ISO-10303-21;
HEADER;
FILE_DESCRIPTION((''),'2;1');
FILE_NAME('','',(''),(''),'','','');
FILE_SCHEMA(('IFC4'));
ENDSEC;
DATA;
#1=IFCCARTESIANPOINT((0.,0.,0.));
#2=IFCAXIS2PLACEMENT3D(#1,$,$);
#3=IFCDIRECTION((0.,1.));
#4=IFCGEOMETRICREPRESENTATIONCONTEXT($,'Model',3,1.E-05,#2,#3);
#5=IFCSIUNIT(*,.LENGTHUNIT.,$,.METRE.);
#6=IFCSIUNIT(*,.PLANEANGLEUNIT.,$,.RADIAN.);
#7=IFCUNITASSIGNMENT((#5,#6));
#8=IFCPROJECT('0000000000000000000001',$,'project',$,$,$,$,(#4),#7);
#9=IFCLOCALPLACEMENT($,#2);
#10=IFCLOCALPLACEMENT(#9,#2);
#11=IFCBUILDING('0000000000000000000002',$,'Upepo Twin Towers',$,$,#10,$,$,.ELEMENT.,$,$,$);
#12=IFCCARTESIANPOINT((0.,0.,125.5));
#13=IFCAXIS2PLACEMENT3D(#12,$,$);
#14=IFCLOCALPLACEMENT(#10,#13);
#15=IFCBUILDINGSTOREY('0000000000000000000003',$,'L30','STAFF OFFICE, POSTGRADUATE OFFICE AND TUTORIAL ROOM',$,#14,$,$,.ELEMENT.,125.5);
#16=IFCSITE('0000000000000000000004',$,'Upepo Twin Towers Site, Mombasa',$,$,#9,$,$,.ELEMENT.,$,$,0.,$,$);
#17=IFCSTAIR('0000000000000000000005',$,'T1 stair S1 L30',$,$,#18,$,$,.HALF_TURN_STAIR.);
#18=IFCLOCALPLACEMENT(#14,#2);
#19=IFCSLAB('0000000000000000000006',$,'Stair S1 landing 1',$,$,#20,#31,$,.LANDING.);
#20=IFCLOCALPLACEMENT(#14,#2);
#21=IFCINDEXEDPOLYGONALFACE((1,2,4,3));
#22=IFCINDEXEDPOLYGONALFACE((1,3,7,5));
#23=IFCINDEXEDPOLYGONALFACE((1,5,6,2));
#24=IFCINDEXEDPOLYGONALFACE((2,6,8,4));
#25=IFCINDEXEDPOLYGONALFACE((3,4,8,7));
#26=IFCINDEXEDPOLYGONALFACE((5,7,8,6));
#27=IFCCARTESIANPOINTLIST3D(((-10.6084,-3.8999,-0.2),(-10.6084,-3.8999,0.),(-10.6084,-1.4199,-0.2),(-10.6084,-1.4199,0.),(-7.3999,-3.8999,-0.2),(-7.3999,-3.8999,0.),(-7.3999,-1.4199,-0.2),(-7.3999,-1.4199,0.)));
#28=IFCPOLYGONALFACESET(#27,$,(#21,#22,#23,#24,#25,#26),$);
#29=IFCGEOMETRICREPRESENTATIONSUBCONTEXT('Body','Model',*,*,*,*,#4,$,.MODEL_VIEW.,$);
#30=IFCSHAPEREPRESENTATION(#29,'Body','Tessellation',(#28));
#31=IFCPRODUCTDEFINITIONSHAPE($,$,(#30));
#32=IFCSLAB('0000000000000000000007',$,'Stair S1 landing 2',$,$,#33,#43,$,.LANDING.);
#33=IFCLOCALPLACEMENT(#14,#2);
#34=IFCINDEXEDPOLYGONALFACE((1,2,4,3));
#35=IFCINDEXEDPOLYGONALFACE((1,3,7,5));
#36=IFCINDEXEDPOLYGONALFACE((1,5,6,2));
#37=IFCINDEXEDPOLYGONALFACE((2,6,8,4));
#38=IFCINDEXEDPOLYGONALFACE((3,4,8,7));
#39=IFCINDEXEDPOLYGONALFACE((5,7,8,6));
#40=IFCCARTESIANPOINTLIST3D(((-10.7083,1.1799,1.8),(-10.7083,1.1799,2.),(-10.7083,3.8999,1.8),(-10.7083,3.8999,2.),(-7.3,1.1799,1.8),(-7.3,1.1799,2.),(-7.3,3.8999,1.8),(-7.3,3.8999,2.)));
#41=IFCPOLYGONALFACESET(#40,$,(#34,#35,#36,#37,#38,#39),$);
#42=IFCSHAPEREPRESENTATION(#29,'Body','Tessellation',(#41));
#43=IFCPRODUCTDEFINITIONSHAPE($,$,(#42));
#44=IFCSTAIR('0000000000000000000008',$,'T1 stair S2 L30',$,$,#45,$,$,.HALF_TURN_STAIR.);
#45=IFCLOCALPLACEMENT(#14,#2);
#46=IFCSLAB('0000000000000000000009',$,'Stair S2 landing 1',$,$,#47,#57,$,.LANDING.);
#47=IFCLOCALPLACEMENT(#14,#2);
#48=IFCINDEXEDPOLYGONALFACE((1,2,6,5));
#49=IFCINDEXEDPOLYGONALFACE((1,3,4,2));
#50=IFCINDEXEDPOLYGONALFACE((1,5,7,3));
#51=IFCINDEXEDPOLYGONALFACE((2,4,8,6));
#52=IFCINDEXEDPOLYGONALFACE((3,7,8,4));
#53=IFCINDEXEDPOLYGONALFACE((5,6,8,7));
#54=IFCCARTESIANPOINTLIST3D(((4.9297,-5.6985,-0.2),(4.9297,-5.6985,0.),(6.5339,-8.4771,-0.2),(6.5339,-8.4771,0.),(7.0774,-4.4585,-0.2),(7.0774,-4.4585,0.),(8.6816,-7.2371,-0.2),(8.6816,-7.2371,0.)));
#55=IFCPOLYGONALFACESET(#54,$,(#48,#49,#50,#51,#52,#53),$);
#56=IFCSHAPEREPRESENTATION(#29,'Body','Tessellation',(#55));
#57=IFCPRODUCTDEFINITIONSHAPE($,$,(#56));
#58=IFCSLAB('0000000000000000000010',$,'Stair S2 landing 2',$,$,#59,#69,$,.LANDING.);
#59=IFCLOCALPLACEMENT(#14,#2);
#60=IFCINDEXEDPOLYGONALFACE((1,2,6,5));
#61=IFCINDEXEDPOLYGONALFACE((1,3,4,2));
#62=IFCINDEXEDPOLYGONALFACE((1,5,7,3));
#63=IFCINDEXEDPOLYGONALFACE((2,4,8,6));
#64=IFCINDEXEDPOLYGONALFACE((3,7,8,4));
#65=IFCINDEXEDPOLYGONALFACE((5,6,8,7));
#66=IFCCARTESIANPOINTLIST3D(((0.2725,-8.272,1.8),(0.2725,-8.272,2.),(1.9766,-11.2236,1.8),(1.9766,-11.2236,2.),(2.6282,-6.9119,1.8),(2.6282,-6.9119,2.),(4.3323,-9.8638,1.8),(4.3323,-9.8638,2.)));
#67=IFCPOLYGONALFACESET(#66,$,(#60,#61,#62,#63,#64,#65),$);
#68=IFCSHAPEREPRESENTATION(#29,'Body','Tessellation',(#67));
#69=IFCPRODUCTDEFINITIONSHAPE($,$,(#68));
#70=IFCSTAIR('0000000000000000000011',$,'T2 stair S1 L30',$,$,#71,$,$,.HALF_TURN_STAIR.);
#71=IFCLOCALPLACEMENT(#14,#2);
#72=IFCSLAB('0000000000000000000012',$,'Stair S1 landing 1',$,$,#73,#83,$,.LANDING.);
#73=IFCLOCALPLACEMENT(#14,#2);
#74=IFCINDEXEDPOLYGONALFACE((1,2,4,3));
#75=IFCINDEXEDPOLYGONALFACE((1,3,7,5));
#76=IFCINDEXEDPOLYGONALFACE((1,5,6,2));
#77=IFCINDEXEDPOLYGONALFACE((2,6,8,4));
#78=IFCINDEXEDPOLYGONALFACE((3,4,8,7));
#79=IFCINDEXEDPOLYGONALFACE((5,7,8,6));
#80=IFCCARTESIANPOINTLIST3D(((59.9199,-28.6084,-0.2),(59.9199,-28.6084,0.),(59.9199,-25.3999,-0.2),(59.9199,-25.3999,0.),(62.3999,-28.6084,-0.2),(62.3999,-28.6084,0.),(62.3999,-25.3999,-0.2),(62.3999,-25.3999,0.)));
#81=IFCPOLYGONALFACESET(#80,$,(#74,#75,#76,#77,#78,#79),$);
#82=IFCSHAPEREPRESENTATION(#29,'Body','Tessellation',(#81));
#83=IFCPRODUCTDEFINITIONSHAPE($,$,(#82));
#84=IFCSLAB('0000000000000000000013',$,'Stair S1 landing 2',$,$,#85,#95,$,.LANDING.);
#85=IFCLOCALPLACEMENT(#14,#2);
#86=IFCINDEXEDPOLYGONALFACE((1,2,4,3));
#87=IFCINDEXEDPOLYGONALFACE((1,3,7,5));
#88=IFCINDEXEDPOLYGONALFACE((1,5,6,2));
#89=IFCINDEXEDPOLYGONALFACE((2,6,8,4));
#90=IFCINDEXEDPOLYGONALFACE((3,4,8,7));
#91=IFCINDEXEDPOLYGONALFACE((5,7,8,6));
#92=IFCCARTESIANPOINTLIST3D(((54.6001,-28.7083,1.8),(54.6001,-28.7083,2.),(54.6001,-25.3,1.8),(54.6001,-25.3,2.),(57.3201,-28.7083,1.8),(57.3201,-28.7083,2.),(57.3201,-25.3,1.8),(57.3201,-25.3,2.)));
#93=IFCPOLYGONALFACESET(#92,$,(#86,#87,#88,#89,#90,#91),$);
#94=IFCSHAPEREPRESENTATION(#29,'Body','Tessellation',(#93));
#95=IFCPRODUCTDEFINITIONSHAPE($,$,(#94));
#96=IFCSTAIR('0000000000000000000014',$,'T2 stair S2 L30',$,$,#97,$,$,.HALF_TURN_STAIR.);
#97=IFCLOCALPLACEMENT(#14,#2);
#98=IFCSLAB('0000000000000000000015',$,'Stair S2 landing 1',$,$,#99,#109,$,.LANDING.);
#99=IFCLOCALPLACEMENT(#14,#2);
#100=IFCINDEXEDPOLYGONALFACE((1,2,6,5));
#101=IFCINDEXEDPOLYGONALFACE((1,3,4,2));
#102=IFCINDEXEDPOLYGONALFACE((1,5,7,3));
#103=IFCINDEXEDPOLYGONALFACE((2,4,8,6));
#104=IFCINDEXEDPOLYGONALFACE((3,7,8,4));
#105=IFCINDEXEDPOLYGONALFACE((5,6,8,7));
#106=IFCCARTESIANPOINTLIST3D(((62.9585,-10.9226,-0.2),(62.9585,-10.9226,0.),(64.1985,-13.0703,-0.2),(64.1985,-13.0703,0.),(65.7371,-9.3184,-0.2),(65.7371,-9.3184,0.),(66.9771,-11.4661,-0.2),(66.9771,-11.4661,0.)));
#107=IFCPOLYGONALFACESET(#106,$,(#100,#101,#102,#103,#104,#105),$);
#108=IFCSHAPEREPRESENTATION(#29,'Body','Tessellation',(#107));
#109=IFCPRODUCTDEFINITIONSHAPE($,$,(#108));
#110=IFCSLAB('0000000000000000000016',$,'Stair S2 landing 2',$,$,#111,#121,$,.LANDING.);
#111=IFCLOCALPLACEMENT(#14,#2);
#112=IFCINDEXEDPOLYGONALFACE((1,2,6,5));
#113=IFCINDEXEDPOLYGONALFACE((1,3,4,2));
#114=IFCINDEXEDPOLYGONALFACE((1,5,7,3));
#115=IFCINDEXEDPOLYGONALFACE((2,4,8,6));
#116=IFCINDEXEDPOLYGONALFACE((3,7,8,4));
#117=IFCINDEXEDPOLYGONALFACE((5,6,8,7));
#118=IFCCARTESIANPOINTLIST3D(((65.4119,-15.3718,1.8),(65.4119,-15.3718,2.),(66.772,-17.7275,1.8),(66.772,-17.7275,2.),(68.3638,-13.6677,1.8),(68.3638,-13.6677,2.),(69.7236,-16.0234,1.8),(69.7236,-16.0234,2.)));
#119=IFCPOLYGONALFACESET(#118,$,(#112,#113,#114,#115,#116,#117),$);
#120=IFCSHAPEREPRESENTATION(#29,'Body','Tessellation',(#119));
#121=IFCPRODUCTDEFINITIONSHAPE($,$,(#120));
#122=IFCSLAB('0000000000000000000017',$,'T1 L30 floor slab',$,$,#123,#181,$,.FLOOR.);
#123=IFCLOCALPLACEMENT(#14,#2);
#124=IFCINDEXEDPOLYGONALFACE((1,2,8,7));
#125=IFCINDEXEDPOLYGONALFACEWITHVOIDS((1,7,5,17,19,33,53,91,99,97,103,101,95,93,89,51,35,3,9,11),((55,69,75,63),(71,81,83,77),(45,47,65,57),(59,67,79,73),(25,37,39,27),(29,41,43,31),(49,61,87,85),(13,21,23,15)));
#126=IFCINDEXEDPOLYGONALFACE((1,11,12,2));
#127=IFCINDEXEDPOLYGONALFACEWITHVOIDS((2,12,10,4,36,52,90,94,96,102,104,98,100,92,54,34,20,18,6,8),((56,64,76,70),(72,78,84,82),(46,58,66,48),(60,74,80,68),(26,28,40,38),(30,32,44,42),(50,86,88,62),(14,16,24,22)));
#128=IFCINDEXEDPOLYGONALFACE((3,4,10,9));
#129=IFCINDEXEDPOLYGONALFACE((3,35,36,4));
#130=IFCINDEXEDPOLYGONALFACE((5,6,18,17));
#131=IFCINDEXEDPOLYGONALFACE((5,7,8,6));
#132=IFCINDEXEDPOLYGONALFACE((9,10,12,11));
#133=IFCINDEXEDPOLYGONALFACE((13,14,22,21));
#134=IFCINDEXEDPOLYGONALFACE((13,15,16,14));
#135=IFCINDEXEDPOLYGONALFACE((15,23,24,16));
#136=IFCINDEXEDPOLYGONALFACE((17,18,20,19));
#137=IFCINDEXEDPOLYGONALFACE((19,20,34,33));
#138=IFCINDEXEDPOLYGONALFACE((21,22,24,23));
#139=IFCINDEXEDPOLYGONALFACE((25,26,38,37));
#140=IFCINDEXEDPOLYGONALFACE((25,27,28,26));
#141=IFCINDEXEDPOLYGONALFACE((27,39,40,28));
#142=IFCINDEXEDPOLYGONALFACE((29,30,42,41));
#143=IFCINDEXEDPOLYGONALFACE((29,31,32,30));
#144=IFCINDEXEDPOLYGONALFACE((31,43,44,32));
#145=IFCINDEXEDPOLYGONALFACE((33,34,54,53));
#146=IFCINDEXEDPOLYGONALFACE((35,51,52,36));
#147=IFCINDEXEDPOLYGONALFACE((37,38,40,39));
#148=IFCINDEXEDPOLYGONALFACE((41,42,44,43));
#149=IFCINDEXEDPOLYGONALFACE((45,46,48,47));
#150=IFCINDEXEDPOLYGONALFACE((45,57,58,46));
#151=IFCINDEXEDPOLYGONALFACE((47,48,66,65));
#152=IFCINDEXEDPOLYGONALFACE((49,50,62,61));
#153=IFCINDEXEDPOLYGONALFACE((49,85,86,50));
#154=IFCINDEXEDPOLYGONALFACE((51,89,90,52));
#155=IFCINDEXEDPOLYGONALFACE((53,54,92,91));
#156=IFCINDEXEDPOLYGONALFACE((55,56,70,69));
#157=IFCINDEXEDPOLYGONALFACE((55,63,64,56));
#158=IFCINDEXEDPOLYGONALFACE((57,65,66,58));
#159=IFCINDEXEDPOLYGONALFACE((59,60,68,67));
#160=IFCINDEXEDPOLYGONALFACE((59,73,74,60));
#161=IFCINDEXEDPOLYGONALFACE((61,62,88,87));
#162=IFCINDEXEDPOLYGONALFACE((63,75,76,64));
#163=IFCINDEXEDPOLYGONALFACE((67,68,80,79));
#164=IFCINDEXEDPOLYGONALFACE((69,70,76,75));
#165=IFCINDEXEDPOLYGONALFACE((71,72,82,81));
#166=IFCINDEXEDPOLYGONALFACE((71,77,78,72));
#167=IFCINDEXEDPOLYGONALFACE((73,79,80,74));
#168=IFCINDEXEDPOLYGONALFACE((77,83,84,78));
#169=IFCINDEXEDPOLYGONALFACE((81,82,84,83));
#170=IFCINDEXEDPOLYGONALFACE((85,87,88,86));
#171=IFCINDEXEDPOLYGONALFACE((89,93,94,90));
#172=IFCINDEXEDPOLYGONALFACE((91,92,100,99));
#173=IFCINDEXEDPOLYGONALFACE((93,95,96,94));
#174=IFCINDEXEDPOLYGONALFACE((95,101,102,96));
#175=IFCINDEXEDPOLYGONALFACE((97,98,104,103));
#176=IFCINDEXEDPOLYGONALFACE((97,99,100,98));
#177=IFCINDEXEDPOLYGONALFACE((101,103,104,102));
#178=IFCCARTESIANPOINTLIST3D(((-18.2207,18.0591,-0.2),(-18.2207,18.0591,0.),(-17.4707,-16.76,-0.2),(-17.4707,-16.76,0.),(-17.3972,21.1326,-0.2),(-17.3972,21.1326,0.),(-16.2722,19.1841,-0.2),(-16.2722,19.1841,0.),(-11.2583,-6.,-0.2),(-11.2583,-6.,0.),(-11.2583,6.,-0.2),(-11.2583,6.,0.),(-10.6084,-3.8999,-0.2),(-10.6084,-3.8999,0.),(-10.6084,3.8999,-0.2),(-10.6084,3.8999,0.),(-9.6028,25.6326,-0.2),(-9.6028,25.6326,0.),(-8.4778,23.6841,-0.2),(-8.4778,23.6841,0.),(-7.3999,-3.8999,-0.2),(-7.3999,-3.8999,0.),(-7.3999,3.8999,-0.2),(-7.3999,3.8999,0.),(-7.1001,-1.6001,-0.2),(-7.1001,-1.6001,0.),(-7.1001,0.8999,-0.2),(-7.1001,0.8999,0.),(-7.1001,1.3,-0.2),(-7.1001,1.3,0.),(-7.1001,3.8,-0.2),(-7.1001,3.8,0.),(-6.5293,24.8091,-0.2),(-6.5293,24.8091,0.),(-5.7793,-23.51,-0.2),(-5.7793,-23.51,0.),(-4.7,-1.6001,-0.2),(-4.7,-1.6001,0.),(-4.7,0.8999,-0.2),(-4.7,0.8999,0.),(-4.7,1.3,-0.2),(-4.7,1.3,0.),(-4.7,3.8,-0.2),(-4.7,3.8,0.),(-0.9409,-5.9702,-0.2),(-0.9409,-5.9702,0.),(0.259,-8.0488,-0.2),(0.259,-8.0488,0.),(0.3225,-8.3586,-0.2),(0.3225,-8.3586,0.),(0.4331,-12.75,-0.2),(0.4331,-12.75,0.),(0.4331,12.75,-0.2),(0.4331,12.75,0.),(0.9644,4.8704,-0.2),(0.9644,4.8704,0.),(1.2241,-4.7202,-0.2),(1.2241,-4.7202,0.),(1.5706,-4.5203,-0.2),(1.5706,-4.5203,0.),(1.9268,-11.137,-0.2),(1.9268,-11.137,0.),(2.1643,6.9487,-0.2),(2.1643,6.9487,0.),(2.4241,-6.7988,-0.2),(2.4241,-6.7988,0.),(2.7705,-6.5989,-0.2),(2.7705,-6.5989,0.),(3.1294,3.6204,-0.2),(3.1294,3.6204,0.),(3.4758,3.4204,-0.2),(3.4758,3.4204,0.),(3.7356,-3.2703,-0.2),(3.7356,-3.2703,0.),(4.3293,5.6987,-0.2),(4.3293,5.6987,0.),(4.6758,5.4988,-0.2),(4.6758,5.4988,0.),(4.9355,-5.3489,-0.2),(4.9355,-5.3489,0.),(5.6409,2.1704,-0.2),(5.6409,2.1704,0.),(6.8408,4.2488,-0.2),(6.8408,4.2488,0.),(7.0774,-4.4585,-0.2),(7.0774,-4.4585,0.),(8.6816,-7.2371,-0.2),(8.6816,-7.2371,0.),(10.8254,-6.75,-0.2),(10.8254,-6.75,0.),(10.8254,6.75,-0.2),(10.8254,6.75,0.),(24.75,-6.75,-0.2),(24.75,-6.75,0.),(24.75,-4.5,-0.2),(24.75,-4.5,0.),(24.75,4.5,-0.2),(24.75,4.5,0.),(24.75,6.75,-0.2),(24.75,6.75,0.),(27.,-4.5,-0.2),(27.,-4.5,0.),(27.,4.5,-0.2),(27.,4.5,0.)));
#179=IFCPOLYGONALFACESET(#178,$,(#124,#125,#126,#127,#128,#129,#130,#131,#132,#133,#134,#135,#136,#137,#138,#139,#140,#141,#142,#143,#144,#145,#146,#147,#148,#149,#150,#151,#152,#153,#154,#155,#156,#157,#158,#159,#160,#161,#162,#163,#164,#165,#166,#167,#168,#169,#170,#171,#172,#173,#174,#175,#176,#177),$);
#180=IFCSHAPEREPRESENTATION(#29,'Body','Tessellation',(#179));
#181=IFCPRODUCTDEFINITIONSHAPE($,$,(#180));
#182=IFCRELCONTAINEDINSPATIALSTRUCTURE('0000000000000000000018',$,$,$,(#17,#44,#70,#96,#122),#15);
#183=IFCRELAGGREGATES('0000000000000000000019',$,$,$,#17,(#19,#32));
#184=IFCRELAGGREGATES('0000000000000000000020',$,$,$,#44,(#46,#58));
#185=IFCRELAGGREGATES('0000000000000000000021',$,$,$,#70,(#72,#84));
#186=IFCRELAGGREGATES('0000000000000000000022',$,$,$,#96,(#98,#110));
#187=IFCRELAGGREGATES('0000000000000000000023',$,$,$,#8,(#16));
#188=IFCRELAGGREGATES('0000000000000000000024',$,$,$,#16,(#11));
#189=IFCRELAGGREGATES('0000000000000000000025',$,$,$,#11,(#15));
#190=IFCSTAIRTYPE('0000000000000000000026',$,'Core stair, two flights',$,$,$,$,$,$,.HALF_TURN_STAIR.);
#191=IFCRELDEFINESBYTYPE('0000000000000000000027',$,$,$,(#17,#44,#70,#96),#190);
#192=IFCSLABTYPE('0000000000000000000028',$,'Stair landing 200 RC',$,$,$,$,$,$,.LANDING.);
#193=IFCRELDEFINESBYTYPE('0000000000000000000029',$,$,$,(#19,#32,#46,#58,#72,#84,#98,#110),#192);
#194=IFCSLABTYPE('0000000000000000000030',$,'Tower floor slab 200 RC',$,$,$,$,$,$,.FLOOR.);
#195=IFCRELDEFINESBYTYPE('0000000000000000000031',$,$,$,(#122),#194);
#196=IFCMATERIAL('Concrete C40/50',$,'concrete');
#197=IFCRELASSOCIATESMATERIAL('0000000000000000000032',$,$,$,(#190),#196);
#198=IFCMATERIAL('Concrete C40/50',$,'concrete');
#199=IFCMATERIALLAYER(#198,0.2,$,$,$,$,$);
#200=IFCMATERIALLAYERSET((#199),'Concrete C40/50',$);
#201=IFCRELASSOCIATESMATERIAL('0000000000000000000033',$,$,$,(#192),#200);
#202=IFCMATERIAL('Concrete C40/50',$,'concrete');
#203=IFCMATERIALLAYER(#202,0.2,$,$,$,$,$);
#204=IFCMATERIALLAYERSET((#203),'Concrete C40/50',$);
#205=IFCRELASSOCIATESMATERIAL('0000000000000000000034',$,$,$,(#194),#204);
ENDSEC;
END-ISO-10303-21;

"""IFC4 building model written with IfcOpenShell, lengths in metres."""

from ifc_helpers import new_model, si_unit, direction, frame, origin, place, context, subcontext, project, spatial, polyline, outline, extrude, material, layer, layer_set, type_object, element, aggregate, save


model = new_model("IFC4")

# Units and contexts
model_context = context("Model", 3, precision=1e-05, world=origin(), true_north=direction((0.0, 1.0)))
body_context = subcontext(model_context, "Body", "Model", "MODEL_VIEW")
ifc_project = project(units=[si_unit("LENGTHUNIT", "METRE"), si_unit("PLANEANGLEUNIT", "RADIAN")], contexts=[model_context])

# Site, building, storey
site_placement = place(None, origin())
site = spatial("IfcSite", under=ifc_project, at=site_placement, Name="Upepo Twin Towers Site, Mombasa", CompositionType="ELEMENT", RefElevation=0.0)
building_placement = place(site_placement, origin())
building = spatial("IfcBuilding", under=site, at=building_placement, Name="Upepo Twin Towers", CompositionType="ELEMENT")
storey_placement = place(building_placement, frame((0.0, 0.0, 125.5)))
storey = spatial("IfcBuildingStorey", under=building, at=storey_placement, Name="L30", Description="STAFF OFFICE, POSTGRADUATE OFFICE AND TUTORIAL ROOM", CompositionType="ELEMENT", Elevation=125.5)

# Stairs, slabs
ifc_material_1 = material(Name="Concrete C40/50", Category="concrete")
stair_type = type_object("IfcStairType", Name="Core stair, two flights", PredefinedType="HALF_TURN_STAIR", material=ifc_material_1)
stair_1_placement = place(storey_placement, origin())
stair_1 = element("IfcStair", 1, at=stair_1_placement, inside=storey, type_object=stair_type, Name="T1 stair S1 L30", PredefinedType="HALF_TURN_STAIR")
ifc_material_2 = material(Name="Concrete C40/50", Category="concrete")
ifc_layer_1 = layer(ifc_material_2, 0.2)
ifc_layer_set_1 = layer_set([ifc_layer_1], Name="Concrete C40/50")
slab_type_1 = type_object("IfcSlabType", Name="Stair landing 200 RC", PredefinedType="LANDING", material=ifc_layer_set_1)
slab_1_placement = place(storey_placement, frame((0.0, 0.0, -0.2)))
slab_1 = element("IfcSlab", 2, at=slab_1_placement, type_object=slab_type_1, Name="Stair S1 landing 1", PredefinedType="LANDING", context=body_context, shape_type="SweptSolid", body=[
    extrude(outline(polyline([(-7.3999, -1.4199), (-10.6084, -1.4199), (-10.6084, -3.8999), (-7.3999, -3.8999), (-7.3999, -1.4199)])), origin(), (0.0, 0.0, 1.0), 0.2),
])
slab_2_placement = place(storey_placement, frame((0.0, 0.0, 1.8)))
slab_2 = element("IfcSlab", 3, at=slab_2_placement, type_object=slab_type_1, Name="Stair S1 landing 2", PredefinedType="LANDING", context=body_context, shape_type="SweptSolid", body=[
    extrude(outline(polyline([(-7.3, 3.8999), (-10.7083, 3.8999), (-10.7083, 1.1799), (-7.3, 1.1799), (-7.3, 3.8999)])), origin(), (0.0, 0.0, 1.0), 0.2),
])
aggregate(stair_1, [slab_1, slab_2])
stair_2_placement = place(storey_placement, origin())
stair_2 = element("IfcStair", 4, at=stair_2_placement, inside=storey, type_object=stair_type, Name="T1 stair S2 L30", PredefinedType="HALF_TURN_STAIR")
slab_3_placement = place(storey_placement, frame((0.0, 0.0, -0.2)))
slab_3 = element("IfcSlab", 5, at=slab_3_placement, type_object=slab_type_1, Name="Stair S2 landing 1", PredefinedType="LANDING", context=body_context, shape_type="SweptSolid", body=[
    extrude(outline(polyline([(4.9297, -5.6985), (6.5339, -8.4771), (8.6816, -7.2371), (7.0774, -4.4585), (4.9297, -5.6985)])), origin(), (0.0, 0.0, 1.0), 0.2),
])
slab_4_placement = place(storey_placement, frame((0.0, 0.0, 1.8)))
slab_4 = element("IfcSlab", 6, at=slab_4_placement, type_object=slab_type_1, Name="Stair S2 landing 2", PredefinedType="LANDING", context=body_context, shape_type="SweptSolid", body=[
    extrude(outline(polyline([(0.2725, -8.272), (1.9766, -11.2236), (4.3323, -9.8638), (2.6282, -6.9119), (0.2725, -8.272)])), origin(), (0.0, 0.0, 1.0), 0.2),
])
aggregate(stair_2, [slab_3, slab_4])
stair_3_placement = place(storey_placement, origin())
stair_3 = element("IfcStair", 7, at=stair_3_placement, inside=storey, type_object=stair_type, Name="T2 stair S1 L30", PredefinedType="HALF_TURN_STAIR")
slab_5_placement = place(storey_placement, frame((0.0, 0.0, -0.2)))
slab_5 = element("IfcSlab", 8, at=slab_5_placement, type_object=slab_type_1, Name="Stair S1 landing 1", PredefinedType="LANDING", context=body_context, shape_type="SweptSolid", body=[
    extrude(outline(polyline([(59.9199, -25.3999), (59.9199, -28.6084), (62.3999, -28.6084), (62.3999, -25.3999), (59.9199, -25.3999)])), origin(), (0.0, 0.0, 1.0), 0.2),
])
slab_6_placement = place(storey_placement, frame((0.0, 0.0, 1.8)))
slab_6 = element("IfcSlab", 9, at=slab_6_placement, type_object=slab_type_1, Name="Stair S1 landing 2", PredefinedType="LANDING", context=body_context, shape_type="SweptSolid", body=[
    extrude(outline(polyline([(54.6001, -25.3), (54.6001, -28.7083), (57.3201, -28.7083), (57.3201, -25.3), (54.6001, -25.3)])), origin(), (0.0, 0.0, 1.0), 0.2),
])
aggregate(stair_3, [slab_5, slab_6])
stair_4_placement = place(storey_placement, origin())
stair_4 = element("IfcStair", 10, at=stair_4_placement, inside=storey, type_object=stair_type, Name="T2 stair S2 L30", PredefinedType="HALF_TURN_STAIR")
slab_7_placement = place(storey_placement, frame((0.0, 0.0, -0.2)))
slab_7 = element("IfcSlab", 11, at=slab_7_placement, type_object=slab_type_1, Name="Stair S2 landing 1", PredefinedType="LANDING", context=body_context, shape_type="SweptSolid", body=[
    extrude(outline(polyline([(64.1985, -13.0703), (66.9771, -11.4661), (65.7371, -9.3184), (62.9585, -10.9226), (64.1985, -13.0703)])), origin(), (0.0, 0.0, 1.0), 0.2),
])
slab_8_placement = place(storey_placement, frame((0.0, 0.0, 1.8)))
slab_8 = element("IfcSlab", 12, at=slab_8_placement, type_object=slab_type_1, Name="Stair S2 landing 2", PredefinedType="LANDING", context=body_context, shape_type="SweptSolid", body=[
    extrude(outline(polyline([(66.772, -17.7275), (69.7236, -16.0234), (68.3638, -13.6677), (65.4119, -15.3718), (66.772, -17.7275)])), origin(), (0.0, 0.0, 1.0), 0.2),
])
aggregate(stair_4, [slab_7, slab_8])

# Slab
ifc_material_3 = material(Name="Concrete C40/50", Category="concrete")
ifc_layer_2 = layer(ifc_material_3, 0.2)
ifc_layer_set_2 = layer_set([ifc_layer_2], Name="Concrete C40/50")
slab_type_2 = type_object("IfcSlabType", Name="Tower floor slab 200 RC", PredefinedType="FLOOR", material=ifc_layer_set_2)
slab_9_placement = place(storey_placement, frame((0.0, 0.0, -0.2)))
element("IfcSlab", 13, at=slab_9_placement, inside=storey, type_object=slab_type_2, Name="T1 L30 floor slab", PredefinedType="FLOOR", context=body_context, shape_type="SweptSolid", body=[
    extrude(outline(polyline([(-17.4707, -16.76), (-11.2583, -6.0), (-11.2583, 6.0), (-18.2207, 18.0591), (-16.2722, 19.1841), (-17.3972, 21.1326), (-9.6028, 25.6326), (-8.4778, 23.6841), (-6.5293, 24.8091), (0.4331, 12.75), (10.8254, 6.75), (24.75, 6.75), (24.75, 4.5), (27.0, 4.5), (27.0, -4.5), (24.75, -4.5), (24.75, -6.75), (10.8254, -6.75), (0.4331, -12.75), (-5.7793, -23.51), (-17.4707, -16.76)]), holes=[polyline([(5.6409, 2.1704), (6.8408, 4.2488), (4.6758, 5.4988), (3.4758, 3.4204), (5.6409, 2.1704)]), polyline([(3.1294, 3.6204), (4.3293, 5.6987), (2.1643, 6.9487), (0.9644, 4.8704), (3.1294, 3.6204)]), polyline([(-4.7, 3.8), (-7.1001, 3.8), (-7.1001, 1.3), (-4.7, 1.3), (-4.7, 3.8)]), polyline([(-4.7, 0.8999), (-7.1001, 0.8999), (-7.1001, -1.6001), (-4.7, -1.6001), (-4.7, 0.8999)]), polyline([(-7.3999, 3.8999), (-10.6084, 3.8999), (-10.6084, -3.8999), (-7.3999, -3.8999), (-7.3999, 3.8999)]), polyline([(-0.9409, -5.9702), (0.259, -8.0488), (2.4241, -6.7988), (1.2241, -4.7202), (-0.9409, -5.9702)]), polyline([(1.5706, -4.5203), (2.7705, -6.5989), (4.9355, -5.3489), (3.7356, -3.2703), (1.5706, -4.5203)]), polyline([(0.3225, -8.3586), (1.9268, -11.137), (8.6816, -7.2371), (7.0774, -4.4585), (0.3225, -8.3586)])]), origin(), (0.0, 0.0, 1.0), 0.2),
])

save(model, "model.ifc")
